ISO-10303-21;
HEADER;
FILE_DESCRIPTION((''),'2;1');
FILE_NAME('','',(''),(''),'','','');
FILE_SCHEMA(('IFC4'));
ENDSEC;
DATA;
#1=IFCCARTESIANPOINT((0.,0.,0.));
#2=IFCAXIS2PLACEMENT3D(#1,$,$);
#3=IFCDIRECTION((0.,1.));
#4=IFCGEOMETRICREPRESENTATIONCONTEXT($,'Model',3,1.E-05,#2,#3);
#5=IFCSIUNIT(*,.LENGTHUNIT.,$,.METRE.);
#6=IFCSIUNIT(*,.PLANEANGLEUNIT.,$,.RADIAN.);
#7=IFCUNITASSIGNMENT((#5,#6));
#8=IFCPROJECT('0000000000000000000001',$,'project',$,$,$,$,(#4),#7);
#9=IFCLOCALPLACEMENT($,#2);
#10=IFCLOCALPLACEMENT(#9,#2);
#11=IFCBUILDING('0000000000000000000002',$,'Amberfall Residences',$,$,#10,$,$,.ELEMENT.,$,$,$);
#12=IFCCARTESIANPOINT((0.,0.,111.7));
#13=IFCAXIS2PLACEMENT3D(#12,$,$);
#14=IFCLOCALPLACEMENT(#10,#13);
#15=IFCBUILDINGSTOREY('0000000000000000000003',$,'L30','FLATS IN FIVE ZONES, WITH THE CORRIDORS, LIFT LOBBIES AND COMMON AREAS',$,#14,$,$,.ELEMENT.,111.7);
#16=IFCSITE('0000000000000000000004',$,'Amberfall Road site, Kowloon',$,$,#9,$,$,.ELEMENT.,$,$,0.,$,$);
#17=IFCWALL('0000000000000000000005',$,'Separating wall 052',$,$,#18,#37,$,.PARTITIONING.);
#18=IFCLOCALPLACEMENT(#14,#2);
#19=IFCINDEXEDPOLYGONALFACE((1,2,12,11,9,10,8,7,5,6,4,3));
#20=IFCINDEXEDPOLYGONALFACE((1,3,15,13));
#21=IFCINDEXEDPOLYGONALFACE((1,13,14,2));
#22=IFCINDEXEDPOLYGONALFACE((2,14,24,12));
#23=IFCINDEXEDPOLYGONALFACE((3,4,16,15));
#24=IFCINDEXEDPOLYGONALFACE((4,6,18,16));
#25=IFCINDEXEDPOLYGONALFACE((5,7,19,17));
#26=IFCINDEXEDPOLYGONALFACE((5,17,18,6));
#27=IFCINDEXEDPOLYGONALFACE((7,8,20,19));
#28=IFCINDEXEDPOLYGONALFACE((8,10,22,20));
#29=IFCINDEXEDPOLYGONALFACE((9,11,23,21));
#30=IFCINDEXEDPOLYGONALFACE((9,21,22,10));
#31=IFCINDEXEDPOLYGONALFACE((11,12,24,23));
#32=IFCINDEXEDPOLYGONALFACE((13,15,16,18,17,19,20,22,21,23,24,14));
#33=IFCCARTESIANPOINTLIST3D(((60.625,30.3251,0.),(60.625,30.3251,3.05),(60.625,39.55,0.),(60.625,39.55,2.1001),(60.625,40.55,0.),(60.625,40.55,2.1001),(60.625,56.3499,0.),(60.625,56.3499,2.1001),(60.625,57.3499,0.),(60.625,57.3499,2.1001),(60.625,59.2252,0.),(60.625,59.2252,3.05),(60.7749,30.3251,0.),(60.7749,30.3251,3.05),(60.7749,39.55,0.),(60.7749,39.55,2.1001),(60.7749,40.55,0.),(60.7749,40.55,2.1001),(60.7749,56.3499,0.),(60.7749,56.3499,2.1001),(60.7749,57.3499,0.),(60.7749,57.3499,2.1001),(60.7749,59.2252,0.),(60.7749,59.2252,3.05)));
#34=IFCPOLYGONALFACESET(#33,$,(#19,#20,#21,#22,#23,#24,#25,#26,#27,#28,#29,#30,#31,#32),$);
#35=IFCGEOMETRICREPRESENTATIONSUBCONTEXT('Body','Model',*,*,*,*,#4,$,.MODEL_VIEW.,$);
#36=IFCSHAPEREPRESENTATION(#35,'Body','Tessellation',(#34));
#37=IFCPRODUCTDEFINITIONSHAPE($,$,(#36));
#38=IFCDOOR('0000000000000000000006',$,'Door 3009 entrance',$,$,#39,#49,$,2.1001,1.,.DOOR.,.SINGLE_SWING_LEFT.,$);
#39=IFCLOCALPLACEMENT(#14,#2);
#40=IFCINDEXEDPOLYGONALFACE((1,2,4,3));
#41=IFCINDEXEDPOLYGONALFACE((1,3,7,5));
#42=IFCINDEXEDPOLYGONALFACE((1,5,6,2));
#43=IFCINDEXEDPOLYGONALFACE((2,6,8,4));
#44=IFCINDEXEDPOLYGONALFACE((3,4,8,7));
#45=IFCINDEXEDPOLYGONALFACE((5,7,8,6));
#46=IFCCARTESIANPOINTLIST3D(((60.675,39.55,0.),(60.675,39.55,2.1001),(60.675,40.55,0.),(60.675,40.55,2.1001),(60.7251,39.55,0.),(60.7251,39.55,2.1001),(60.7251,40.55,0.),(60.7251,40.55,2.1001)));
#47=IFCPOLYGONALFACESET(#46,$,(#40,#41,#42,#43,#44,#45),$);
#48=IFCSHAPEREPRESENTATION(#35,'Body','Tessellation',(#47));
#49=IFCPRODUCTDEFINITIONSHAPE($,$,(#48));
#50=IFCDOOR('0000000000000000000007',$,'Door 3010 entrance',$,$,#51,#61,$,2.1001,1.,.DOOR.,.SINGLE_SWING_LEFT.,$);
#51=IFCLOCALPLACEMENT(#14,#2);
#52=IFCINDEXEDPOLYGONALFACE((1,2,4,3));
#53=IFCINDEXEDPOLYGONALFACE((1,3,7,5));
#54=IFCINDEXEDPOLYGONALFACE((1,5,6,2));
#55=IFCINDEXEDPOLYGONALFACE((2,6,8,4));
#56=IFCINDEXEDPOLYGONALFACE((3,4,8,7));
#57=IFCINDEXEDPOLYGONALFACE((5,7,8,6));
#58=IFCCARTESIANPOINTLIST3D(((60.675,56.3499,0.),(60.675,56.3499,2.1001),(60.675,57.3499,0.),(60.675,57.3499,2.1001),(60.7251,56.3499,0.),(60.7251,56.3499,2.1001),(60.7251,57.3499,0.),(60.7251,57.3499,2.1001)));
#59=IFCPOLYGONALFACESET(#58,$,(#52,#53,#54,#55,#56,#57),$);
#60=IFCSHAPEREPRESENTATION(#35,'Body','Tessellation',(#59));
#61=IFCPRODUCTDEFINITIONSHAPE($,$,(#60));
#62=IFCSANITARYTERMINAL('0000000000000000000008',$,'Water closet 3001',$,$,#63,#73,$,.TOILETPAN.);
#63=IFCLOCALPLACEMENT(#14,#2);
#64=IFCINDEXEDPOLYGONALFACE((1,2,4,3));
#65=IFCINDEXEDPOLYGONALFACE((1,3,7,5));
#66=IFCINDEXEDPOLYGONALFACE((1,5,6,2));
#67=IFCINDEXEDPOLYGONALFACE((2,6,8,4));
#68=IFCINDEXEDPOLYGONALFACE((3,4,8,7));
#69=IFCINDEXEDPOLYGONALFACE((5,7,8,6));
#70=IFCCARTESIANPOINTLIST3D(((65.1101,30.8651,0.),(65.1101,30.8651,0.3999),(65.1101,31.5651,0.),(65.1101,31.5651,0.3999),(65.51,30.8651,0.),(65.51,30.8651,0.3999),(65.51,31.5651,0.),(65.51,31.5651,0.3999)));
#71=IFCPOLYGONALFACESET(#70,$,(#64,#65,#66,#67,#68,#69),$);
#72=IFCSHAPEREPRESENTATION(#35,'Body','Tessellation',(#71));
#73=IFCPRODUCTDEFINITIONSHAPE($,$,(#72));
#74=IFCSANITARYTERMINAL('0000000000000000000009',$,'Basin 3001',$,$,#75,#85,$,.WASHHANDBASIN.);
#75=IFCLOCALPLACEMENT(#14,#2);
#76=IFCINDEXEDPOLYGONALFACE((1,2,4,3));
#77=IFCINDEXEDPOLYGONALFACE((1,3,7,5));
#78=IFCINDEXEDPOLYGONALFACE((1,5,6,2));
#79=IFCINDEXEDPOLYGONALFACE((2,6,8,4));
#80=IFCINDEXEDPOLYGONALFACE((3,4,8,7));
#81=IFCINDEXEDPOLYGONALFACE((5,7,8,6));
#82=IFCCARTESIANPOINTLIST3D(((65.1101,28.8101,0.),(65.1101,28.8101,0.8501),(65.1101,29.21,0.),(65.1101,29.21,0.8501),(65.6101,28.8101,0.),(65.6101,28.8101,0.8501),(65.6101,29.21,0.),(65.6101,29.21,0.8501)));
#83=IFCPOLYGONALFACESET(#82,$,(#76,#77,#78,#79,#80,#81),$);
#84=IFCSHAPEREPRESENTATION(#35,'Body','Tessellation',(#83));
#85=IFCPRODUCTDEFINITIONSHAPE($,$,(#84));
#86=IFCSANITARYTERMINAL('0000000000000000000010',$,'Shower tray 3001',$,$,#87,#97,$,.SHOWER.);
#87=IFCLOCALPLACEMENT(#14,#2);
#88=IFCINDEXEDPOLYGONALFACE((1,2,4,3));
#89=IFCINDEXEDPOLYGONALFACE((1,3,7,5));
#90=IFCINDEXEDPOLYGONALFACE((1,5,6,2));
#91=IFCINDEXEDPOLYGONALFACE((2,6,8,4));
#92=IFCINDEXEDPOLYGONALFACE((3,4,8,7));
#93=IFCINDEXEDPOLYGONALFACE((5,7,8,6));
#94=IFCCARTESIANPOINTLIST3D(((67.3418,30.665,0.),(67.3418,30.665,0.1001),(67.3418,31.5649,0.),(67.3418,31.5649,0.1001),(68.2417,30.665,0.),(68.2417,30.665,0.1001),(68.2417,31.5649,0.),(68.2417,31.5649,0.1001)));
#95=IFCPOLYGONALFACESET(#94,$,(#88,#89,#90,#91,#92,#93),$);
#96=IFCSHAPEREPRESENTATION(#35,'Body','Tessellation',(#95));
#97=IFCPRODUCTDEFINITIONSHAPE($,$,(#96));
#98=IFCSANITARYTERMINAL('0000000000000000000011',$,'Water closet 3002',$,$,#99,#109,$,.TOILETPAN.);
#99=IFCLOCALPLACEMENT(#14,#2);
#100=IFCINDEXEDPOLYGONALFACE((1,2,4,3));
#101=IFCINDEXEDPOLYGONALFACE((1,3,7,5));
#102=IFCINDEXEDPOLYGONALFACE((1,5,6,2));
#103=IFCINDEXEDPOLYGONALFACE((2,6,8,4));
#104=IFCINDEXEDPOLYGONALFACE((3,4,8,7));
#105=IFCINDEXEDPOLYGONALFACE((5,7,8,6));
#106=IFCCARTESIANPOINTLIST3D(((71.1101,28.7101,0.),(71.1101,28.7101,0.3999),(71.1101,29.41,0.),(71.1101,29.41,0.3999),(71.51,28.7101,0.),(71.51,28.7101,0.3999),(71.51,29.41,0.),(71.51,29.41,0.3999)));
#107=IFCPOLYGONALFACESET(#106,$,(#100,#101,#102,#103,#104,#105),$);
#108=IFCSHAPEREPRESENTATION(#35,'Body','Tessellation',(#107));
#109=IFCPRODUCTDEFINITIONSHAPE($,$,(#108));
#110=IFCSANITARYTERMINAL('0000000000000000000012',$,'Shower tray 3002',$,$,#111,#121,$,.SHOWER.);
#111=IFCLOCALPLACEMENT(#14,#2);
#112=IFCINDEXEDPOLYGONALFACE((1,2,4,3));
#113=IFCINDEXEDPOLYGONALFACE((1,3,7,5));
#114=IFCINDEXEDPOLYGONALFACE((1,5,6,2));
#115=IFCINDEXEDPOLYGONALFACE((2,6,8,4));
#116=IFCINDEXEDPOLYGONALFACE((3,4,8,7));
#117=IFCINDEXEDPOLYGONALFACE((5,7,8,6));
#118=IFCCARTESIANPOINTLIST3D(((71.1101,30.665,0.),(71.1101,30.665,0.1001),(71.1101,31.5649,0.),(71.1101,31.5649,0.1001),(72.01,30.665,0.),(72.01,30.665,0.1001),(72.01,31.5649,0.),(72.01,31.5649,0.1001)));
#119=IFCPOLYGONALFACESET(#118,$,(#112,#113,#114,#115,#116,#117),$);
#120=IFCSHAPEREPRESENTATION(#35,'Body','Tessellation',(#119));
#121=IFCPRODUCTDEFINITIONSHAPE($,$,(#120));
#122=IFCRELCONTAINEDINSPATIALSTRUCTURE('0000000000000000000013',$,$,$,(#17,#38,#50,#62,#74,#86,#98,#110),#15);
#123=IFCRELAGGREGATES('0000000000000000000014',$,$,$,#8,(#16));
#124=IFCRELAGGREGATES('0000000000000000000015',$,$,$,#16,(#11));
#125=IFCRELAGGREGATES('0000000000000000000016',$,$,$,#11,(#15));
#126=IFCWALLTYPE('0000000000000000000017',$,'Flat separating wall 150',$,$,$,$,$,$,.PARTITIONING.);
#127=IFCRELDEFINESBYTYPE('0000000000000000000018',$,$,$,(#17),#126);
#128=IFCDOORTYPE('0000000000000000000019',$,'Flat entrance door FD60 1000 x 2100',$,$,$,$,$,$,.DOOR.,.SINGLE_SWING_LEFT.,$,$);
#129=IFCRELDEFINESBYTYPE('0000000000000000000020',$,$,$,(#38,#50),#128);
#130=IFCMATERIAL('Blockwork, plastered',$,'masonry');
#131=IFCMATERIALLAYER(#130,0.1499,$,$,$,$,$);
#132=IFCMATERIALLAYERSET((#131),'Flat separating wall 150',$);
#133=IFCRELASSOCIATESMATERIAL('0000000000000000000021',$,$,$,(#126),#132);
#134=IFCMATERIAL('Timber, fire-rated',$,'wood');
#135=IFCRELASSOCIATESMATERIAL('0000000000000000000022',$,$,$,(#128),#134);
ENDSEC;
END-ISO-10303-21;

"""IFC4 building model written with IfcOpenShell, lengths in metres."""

from ifc_helpers import new_model, si_unit, direction, frame, frame_2d, origin, origin_2d, place, context, subcontext, project, spatial, rectangle, extrude, material, layer, layer_set, type_object, element, fill, save


model = new_model("IFC4")

# Units and contexts
model_context = context("Model", 3, precision=1e-05, world=origin(), true_north=direction((0.0, 1.0)))
body_context = subcontext(model_context, "Body", "Model", "MODEL_VIEW")
ifc_project = project(units=[si_unit("LENGTHUNIT", "METRE"), si_unit("PLANEANGLEUNIT", "RADIAN")], contexts=[model_context])

# Site, building, storey
site_placement = place(None, origin())
site = spatial("IfcSite", under=ifc_project, at=site_placement, Name="Amberfall Road site, Kowloon", CompositionType="ELEMENT", RefElevation=0.0)
building_placement = place(site_placement, origin())
building = spatial("IfcBuilding", under=site, at=building_placement, Name="Amberfall Residences", CompositionType="ELEMENT")
storey_placement = place(building_placement, frame((0.0, 0.0, 111.7)))
storey = spatial("IfcBuildingStorey", under=building, at=storey_placement, Name="L30", Description="FLATS IN FIVE ZONES, WITH THE CORRIDORS, LIFT LOBBIES AND COMMON AREAS", CompositionType="ELEMENT", Elevation=111.7)

# Wall, openings, doors
ifc_material_1 = material(Name="Blockwork, plastered", Category="masonry")
ifc_layer_1 = layer(ifc_material_1, 0.1499)
ifc_layer_set_1 = layer_set([ifc_layer_1], Name="Flat separating wall 150")
wall_type_1 = type_object("IfcWallType", Name="Flat separating wall 150", PredefinedType="PARTITIONING", material=ifc_layer_set_1)
wall_1_placement = place(storey_placement, frame((60.7, 30.325, 0.0), z_axis=(0.0, 0.0, 1.0), x_axis=(0.0, 1.0, 0.0)))
wall_1 = element("IfcWall", 1, at=wall_1_placement, inside=storey, type_object=wall_type_1, Name="Separating wall 052", PredefinedType="PARTITIONING", context=body_context, shape_type="SweptSolid", body=[
    extrude(rectangle(XDim=28.9001, YDim=0.1499, at=frame_2d((14.4502, 0.0))), origin(), (0.0, 0.0, 1.0), 3.05),
])
opening_1_placement = place(wall_1_placement, frame((9.2251, 0.0, 0.0)))
opening_1 = element("IfcOpeningElement", 2, at=opening_1_placement, cuts=wall_1, PredefinedType="OPENING", context=body_context, shape_type="SweptSolid", body=[
    extrude(rectangle(XDim=1.0, YDim=2.1001, at=frame_2d((0.5, 1.05))), frame((0.0, 0.085, 0.0), z_axis=(0.0, -1.0, 0.0), x_axis=(1.0, 0.0, 0.0)), (0.0, 0.0, 1.0), 0.1699),
])
opening_2_placement = place(wall_1_placement, frame((26.0249, 0.0, 0.0)))
opening_2 = element("IfcOpeningElement", 3, at=opening_2_placement, cuts=wall_1, PredefinedType="OPENING", context=body_context, shape_type="SweptSolid", body=[
    extrude(rectangle(XDim=1.0, YDim=2.1001, at=frame_2d((0.5, 1.05))), frame((0.0, 0.085, 0.0), z_axis=(0.0, -1.0, 0.0), x_axis=(1.0, 0.0, 0.0)), (0.0, 0.0, 1.0), 0.1699),
])
ifc_material_2 = material(Name="Timber, fire-rated", Category="wood")
door_type_1 = type_object("IfcDoorType", Name="Flat entrance door FD60 1000 x 2100", OperationType="SINGLE_SWING_LEFT", PredefinedType="DOOR", material=ifc_material_2)
door_1_placement = place(opening_1_placement, origin())
door_1 = element("IfcDoor", 4, at=door_1_placement, inside=storey, type_object=door_type_1, Name="Door 3009 entrance", OperationType="SINGLE_SWING_LEFT", OverallHeight=2.1001, OverallWidth=1.0, PredefinedType="DOOR", context=body_context, shape_type="SweptSolid", body=[
    extrude(rectangle(XDim=1.0, YDim=2.1001, at=frame_2d((0.5, 1.05))), frame((0.0, 0.0249, 0.0), z_axis=(0.0, -1.0, 0.0), x_axis=(1.0, 0.0, 0.0)), (0.0, 0.0, 1.0), 0.05),
])
fill(opening_1, door_1)
door_2_placement = place(opening_2_placement, origin())
door_2 = element("IfcDoor", 5, at=door_2_placement, inside=storey, type_object=door_type_1, Name="Door 3010 entrance", OperationType="SINGLE_SWING_LEFT", OverallHeight=2.1001, OverallWidth=1.0, PredefinedType="DOOR", context=body_context, shape_type="SweptSolid", body=[
    extrude(rectangle(XDim=1.0, YDim=2.1001, at=frame_2d((0.5, 1.05))), frame((0.0, 0.0249, 0.0), z_axis=(0.0, -1.0, 0.0), x_axis=(1.0, 0.0, 0.0)), (0.0, 0.0, 1.0), 0.05),
])
fill(opening_2, door_2)

# Sanitary terminals
sanitary_terminal_1_placement = place(storey_placement, frame((65.3101, 31.2151, 0.0), z_axis=(0.0, 0.0, 1.0), x_axis=(1.0, 0.0, 0.0)))
element("IfcSanitaryTerminal", 6, at=sanitary_terminal_1_placement, inside=storey, Name="Water closet 3001", PredefinedType="TOILETPAN", context=body_context, shape_type="SweptSolid", body=[
    extrude(rectangle(XDim=0.3999, YDim=0.7, at=origin_2d()), origin(), (0.0, 0.0, 1.0), 0.3999),
])
sanitary_terminal_2_placement = place(storey_placement, frame((65.3601, 29.01, 0.0), z_axis=(0.0, 0.0, 1.0), x_axis=(1.0, 0.0, 0.0)))
element("IfcSanitaryTerminal", 7, at=sanitary_terminal_2_placement, inside=storey, Name="Basin 3001", PredefinedType="WASHHANDBASIN", context=body_context, shape_type="SweptSolid", body=[
    extrude(rectangle(XDim=0.5, YDim=0.3999, at=origin_2d()), origin(), (0.0, 0.0, 1.0), 0.8501),
])
sanitary_terminal_3_placement = place(storey_placement, frame((67.7917, 31.115, 0.0), z_axis=(0.0, 0.0, 1.0), x_axis=(1.0, 0.0, 0.0)))
element("IfcSanitaryTerminal", 8, at=sanitary_terminal_3_placement, inside=storey, Name="Shower tray 3001", PredefinedType="SHOWER", context=body_context, shape_type="SweptSolid", body=[
    extrude(rectangle(XDim=0.8999, YDim=0.8999, at=origin_2d()), origin(), (0.0, 0.0, 1.0), 0.1001),
])
sanitary_terminal_4_placement = place(storey_placement, frame((71.3101, 29.0601, 0.0), z_axis=(0.0, 0.0, 1.0), x_axis=(1.0, 0.0, 0.0)))
element("IfcSanitaryTerminal", 9, at=sanitary_terminal_4_placement, inside=storey, Name="Water closet 3002", PredefinedType="TOILETPAN", context=body_context, shape_type="SweptSolid", body=[
    extrude(rectangle(XDim=0.3999, YDim=0.7, at=origin_2d()), origin(), (0.0, 0.0, 1.0), 0.3999),
])
sanitary_terminal_5_placement = place(storey_placement, frame((71.5601, 31.115, 0.0), z_axis=(0.0, 0.0, 1.0), x_axis=(1.0, 0.0, 0.0)))
element("IfcSanitaryTerminal", 10, at=sanitary_terminal_5_placement, inside=storey, Name="Shower tray 3002", PredefinedType="SHOWER", context=body_context, shape_type="SweptSolid", body=[
    extrude(rectangle(XDim=0.8999, YDim=0.8999, at=origin_2d()), origin(), (0.0, 0.0, 1.0), 0.1001),
])

save(model, "model.ifc")
